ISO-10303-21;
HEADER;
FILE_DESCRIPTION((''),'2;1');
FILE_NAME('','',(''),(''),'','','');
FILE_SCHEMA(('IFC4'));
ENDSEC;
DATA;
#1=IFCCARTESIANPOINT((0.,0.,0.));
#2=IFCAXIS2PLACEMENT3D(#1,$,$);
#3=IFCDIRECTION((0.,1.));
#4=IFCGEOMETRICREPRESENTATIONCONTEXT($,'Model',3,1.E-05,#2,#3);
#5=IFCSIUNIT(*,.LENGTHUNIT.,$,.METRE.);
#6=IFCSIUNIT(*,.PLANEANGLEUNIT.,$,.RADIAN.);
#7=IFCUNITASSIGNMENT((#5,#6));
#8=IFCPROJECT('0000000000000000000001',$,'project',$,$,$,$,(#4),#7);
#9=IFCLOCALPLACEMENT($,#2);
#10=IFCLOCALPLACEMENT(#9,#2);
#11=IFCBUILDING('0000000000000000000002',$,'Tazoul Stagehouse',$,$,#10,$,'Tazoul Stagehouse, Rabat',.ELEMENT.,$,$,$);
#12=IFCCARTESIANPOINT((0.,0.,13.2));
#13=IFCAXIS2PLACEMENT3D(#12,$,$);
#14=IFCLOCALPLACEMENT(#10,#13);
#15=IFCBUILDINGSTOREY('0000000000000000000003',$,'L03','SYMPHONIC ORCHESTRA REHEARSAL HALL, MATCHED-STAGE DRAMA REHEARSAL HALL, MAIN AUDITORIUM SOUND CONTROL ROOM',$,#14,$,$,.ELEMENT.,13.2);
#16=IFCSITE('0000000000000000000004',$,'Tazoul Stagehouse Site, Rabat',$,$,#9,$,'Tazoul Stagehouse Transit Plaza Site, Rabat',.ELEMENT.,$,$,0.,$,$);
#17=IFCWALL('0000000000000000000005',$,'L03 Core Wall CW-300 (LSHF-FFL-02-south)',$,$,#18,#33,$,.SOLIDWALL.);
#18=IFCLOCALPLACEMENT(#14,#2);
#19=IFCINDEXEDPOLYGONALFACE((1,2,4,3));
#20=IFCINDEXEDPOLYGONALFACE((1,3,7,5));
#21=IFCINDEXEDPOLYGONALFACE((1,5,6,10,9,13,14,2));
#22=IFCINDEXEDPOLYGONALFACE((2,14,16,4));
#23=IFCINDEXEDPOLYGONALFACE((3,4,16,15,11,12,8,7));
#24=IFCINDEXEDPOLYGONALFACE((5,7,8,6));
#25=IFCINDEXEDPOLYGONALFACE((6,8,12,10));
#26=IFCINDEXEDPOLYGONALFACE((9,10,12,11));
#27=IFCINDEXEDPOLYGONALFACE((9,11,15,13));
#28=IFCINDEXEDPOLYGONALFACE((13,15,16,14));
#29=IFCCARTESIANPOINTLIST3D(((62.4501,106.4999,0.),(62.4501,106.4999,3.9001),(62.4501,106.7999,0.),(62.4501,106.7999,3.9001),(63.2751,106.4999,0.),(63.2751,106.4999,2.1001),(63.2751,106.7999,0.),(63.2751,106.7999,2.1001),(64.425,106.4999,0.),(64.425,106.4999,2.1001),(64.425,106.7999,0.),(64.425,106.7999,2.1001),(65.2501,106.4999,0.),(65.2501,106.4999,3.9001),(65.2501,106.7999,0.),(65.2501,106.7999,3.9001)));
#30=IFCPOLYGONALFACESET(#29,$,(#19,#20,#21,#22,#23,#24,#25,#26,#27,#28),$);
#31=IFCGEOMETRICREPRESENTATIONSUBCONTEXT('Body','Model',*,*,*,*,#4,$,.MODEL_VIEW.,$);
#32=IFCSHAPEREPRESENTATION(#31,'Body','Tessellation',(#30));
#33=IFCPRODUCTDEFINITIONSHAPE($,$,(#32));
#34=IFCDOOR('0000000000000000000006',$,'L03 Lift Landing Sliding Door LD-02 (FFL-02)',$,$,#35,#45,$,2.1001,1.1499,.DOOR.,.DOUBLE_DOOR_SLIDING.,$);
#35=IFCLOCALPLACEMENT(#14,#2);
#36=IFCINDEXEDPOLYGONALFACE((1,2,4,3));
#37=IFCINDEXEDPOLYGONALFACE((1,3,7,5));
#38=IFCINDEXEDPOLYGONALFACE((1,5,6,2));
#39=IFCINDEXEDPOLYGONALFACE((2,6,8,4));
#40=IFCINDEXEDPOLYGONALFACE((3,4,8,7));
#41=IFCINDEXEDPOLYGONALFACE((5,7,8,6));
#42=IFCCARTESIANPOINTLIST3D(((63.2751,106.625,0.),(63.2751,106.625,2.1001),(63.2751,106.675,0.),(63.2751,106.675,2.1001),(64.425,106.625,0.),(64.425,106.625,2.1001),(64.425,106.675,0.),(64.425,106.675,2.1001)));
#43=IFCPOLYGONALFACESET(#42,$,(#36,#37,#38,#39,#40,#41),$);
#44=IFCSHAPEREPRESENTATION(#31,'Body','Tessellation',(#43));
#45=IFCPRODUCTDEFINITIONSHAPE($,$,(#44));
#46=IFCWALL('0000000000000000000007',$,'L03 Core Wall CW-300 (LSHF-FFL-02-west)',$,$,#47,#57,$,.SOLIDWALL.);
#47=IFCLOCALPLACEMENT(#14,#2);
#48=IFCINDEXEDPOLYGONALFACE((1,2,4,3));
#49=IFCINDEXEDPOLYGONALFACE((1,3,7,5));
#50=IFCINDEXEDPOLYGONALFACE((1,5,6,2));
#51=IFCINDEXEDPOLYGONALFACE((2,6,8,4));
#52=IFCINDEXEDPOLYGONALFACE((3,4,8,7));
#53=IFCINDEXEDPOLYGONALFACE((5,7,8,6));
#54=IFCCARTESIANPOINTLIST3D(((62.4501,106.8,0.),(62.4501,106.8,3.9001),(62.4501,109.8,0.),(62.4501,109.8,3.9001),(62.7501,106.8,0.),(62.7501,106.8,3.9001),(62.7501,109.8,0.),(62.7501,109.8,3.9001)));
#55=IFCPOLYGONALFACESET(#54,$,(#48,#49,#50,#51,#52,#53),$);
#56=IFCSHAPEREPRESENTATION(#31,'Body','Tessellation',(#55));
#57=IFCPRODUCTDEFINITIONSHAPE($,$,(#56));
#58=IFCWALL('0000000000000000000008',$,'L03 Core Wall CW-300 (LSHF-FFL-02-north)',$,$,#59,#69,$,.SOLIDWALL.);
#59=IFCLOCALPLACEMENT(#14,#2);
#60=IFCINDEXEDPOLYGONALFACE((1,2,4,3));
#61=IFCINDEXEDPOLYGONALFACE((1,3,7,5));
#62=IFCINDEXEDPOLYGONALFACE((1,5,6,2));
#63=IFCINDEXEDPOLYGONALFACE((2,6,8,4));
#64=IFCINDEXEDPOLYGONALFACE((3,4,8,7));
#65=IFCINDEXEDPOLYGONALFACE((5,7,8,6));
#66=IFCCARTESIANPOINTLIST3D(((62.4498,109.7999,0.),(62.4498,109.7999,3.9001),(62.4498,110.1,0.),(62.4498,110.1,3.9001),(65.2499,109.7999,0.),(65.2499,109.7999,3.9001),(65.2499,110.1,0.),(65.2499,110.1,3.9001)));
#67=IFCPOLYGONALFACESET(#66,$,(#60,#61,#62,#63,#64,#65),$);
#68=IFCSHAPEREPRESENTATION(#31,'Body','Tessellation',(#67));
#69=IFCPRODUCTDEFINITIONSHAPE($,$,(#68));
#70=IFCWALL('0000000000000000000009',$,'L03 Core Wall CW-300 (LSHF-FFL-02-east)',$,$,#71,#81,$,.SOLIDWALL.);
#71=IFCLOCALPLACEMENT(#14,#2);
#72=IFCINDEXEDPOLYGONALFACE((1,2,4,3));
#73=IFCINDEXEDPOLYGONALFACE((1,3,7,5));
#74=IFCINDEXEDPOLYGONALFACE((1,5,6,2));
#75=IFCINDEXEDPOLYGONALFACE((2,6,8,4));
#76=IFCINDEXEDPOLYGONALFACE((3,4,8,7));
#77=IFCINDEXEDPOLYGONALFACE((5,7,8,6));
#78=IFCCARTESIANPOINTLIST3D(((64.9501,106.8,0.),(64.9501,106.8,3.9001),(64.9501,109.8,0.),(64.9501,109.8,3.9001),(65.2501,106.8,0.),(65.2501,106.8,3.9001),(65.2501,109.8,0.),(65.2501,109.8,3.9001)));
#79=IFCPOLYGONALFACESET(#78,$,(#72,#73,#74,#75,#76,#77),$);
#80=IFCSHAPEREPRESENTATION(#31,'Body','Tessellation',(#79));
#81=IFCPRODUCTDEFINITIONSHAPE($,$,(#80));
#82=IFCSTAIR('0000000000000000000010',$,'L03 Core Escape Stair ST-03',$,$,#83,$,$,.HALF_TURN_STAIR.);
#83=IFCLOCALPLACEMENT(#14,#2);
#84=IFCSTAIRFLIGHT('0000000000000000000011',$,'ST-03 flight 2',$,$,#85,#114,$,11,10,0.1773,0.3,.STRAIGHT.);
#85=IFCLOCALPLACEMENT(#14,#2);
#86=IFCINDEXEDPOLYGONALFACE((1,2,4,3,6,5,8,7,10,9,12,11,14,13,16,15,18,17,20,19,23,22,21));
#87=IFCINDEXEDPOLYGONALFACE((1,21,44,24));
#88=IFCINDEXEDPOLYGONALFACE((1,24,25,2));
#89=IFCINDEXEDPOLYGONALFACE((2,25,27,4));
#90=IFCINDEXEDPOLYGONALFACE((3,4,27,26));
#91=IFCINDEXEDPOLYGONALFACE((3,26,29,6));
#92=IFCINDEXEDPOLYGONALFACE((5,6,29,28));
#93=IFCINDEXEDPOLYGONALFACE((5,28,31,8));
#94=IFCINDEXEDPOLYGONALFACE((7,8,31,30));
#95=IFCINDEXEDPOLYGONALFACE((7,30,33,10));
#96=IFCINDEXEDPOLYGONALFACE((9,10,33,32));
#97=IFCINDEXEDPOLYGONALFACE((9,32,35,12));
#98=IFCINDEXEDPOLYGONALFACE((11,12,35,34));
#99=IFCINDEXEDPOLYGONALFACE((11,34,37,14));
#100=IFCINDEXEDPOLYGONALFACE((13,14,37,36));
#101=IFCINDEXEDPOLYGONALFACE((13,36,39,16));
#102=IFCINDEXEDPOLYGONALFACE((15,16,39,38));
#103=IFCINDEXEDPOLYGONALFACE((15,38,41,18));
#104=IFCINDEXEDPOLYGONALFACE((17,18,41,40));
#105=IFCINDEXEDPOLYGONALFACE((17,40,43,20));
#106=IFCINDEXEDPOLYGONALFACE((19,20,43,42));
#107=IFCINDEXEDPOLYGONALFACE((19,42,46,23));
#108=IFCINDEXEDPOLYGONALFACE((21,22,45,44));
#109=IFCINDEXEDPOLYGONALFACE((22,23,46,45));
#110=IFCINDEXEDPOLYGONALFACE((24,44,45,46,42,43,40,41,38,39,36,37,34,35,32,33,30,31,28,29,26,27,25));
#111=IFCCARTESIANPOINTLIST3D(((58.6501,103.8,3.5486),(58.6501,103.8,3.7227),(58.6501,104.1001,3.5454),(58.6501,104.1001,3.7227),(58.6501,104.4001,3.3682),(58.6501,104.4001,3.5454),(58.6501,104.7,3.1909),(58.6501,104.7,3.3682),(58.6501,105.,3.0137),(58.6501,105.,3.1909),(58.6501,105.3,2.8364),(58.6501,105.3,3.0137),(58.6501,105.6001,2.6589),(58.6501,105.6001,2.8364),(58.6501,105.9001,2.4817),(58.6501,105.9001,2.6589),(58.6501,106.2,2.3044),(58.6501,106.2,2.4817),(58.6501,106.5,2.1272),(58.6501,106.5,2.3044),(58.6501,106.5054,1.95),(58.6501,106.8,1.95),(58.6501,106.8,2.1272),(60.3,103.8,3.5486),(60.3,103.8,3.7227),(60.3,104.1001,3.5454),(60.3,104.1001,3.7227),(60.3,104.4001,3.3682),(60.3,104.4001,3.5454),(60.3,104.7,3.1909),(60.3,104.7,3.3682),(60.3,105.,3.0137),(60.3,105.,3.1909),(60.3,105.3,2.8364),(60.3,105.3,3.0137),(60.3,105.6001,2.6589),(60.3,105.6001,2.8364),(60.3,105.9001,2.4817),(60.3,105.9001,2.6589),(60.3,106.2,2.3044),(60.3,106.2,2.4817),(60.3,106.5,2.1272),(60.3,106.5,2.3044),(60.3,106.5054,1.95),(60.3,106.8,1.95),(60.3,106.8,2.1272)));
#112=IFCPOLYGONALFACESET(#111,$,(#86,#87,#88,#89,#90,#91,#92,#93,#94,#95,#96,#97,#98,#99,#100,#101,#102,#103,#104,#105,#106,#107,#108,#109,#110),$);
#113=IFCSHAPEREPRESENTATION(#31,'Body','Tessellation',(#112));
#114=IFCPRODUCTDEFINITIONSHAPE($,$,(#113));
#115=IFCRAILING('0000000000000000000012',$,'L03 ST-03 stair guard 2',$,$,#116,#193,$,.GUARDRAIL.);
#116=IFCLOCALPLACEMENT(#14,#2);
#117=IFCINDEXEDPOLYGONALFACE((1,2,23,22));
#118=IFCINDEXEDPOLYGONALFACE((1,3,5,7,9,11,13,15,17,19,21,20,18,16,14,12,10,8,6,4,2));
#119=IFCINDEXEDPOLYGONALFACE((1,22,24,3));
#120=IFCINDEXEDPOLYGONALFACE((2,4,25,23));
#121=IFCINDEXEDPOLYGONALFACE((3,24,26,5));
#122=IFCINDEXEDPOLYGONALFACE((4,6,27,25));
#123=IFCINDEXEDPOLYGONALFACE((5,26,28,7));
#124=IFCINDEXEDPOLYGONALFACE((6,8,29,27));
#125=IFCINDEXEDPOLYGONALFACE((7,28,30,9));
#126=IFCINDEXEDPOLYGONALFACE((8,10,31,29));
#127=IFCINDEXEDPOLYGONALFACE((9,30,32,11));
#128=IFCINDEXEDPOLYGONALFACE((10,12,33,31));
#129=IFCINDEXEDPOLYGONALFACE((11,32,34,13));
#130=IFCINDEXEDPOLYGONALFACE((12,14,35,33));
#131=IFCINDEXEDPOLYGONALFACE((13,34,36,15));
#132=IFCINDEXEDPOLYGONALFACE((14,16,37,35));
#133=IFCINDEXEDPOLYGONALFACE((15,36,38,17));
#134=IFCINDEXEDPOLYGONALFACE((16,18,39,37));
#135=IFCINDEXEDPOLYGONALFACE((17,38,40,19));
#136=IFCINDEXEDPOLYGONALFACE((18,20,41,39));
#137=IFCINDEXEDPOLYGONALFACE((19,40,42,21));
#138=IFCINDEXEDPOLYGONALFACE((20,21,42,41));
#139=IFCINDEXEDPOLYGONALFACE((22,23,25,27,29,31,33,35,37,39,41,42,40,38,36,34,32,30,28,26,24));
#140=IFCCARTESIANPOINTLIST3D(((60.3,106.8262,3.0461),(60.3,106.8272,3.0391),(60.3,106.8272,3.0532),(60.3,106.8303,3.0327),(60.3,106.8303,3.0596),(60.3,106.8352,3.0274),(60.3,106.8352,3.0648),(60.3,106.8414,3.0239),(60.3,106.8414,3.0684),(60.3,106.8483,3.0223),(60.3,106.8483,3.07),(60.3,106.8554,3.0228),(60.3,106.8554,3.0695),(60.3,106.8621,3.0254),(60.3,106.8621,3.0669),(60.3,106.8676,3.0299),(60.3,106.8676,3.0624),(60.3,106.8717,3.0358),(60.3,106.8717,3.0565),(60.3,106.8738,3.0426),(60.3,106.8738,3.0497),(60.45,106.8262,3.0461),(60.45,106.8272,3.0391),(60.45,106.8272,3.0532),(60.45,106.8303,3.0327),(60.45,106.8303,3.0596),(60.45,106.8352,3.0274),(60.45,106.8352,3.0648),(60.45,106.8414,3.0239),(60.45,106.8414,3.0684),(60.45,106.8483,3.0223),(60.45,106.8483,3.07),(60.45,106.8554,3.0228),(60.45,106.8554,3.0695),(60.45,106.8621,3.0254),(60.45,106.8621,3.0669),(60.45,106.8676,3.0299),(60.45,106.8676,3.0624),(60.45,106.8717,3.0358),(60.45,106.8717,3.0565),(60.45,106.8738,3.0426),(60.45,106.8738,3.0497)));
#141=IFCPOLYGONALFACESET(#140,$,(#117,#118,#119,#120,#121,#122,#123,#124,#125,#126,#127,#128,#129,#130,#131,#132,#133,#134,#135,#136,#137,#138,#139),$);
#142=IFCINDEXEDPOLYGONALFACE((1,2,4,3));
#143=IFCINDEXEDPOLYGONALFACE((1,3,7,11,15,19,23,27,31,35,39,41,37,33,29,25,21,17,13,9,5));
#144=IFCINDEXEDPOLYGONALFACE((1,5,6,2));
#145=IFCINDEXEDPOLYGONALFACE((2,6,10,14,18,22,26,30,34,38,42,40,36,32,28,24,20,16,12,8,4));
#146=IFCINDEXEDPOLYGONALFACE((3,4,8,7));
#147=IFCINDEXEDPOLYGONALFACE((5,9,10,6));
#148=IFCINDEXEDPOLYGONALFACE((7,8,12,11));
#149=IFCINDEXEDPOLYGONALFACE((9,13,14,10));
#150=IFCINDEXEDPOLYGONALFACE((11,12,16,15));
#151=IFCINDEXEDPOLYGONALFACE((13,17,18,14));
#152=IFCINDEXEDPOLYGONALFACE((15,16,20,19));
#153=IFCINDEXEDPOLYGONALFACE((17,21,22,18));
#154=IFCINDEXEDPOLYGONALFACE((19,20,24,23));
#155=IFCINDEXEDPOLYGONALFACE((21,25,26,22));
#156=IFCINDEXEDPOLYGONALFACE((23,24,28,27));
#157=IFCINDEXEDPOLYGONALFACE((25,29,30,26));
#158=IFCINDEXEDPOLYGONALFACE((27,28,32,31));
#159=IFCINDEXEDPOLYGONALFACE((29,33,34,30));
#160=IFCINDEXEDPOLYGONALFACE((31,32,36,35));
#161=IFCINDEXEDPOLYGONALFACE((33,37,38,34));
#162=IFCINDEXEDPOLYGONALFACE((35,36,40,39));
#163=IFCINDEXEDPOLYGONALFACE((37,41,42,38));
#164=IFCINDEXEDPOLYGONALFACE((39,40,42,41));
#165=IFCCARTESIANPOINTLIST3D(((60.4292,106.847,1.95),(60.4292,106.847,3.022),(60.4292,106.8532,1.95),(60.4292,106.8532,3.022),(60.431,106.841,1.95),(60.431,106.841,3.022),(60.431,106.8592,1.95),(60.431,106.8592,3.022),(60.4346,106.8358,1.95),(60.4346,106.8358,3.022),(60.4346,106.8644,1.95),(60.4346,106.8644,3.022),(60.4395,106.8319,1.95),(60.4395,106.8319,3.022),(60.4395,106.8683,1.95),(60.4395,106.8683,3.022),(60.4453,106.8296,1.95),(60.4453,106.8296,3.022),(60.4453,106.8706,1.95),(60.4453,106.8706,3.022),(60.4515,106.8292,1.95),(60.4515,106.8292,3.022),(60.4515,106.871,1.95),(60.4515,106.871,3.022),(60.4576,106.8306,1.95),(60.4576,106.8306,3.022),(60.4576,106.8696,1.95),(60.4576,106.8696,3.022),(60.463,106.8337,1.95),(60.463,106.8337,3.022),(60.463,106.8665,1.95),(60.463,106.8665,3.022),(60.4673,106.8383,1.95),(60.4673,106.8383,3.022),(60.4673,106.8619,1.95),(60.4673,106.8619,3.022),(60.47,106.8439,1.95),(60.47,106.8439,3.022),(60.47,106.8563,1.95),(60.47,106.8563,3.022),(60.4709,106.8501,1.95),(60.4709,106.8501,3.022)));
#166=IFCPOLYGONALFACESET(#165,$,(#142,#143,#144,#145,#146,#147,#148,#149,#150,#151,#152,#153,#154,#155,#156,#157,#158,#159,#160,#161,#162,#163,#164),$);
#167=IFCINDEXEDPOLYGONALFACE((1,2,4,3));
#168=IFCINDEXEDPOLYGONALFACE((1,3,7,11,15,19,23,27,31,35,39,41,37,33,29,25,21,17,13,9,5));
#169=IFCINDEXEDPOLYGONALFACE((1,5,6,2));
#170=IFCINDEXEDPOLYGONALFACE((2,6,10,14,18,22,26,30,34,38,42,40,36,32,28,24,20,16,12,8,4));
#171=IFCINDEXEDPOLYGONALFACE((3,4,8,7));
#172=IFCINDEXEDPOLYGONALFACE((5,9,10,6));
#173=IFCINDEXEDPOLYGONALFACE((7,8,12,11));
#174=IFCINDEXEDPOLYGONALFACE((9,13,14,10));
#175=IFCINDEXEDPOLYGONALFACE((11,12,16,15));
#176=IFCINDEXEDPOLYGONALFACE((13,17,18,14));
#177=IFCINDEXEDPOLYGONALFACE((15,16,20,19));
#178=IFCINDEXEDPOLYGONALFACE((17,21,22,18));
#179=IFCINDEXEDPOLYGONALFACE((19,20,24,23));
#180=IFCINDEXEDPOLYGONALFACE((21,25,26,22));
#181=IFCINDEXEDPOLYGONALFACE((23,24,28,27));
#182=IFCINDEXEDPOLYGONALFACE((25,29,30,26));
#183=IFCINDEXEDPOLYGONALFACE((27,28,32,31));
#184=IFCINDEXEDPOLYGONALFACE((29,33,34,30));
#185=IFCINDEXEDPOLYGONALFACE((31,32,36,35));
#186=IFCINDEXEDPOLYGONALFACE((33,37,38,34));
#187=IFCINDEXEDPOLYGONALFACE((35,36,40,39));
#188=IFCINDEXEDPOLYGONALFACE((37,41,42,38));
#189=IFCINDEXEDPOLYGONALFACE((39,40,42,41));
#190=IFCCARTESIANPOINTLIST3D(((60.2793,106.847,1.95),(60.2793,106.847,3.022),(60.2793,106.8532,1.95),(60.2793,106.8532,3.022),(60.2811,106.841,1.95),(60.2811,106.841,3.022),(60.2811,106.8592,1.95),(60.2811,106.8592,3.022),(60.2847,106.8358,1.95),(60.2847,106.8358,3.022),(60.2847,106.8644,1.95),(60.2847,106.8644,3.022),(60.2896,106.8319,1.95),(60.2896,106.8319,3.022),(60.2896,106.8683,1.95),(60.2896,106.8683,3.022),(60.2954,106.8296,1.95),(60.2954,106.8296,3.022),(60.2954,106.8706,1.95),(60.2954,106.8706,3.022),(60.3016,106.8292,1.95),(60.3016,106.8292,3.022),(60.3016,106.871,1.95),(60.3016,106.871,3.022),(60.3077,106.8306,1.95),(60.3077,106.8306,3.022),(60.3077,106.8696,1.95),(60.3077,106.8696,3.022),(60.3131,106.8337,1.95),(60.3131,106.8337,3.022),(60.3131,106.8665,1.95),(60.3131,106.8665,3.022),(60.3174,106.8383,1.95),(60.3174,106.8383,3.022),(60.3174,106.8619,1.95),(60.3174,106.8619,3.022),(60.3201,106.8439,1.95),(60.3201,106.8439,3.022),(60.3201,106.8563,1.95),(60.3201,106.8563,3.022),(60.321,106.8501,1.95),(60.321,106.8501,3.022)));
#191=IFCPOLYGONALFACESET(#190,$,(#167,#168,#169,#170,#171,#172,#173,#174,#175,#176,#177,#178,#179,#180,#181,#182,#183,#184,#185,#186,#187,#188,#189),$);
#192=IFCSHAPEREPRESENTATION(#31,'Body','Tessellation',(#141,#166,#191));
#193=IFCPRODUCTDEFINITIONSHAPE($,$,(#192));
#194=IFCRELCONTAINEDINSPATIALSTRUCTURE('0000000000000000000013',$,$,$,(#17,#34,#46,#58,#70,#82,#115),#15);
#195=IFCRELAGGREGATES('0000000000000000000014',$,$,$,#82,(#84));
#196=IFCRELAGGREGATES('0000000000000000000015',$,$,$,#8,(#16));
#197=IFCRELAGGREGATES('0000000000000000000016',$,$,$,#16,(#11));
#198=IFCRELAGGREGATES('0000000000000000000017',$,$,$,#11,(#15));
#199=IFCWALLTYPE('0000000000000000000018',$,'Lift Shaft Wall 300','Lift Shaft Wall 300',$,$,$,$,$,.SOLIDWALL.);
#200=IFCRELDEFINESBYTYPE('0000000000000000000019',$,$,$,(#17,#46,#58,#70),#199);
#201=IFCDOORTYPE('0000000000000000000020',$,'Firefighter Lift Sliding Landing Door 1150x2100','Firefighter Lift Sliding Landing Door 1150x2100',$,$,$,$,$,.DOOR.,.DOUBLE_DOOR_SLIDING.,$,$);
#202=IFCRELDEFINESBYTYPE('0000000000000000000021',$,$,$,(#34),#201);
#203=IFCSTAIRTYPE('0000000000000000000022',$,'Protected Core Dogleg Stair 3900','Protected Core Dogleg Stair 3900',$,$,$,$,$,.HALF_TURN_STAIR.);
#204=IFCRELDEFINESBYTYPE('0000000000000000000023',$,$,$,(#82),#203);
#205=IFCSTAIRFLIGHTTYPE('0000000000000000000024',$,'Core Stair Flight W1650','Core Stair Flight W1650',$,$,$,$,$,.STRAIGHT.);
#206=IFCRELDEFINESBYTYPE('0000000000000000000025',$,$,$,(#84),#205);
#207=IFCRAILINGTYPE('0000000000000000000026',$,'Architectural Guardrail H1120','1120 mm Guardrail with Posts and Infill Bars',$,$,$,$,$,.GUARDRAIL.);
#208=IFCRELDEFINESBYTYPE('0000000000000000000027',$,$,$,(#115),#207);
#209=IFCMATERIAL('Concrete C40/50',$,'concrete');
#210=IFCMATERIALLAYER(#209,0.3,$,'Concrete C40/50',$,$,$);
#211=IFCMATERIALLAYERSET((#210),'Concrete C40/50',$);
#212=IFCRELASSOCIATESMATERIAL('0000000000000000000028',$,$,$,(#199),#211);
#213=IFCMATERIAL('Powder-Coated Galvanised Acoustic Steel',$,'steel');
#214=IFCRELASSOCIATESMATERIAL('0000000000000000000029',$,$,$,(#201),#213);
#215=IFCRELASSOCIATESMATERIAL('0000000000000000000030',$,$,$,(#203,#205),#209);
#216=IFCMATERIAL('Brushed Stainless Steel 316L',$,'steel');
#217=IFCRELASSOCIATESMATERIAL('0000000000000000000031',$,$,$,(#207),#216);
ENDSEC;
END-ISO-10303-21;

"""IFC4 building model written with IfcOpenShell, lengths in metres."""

from ifc_helpers import new_model, si_unit, direction, frame, frame_2d, origin, origin_2d, place, context, subcontext, project, spatial, polyline, rectangle, circle, outline, extrude, material, layer, layer_set, material_profile, profile_set, type_object, element, fill, aggregate, save


model = new_model("IFC4")

# Units and contexts
model_context = context("Model", 3, precision=1e-05, world=origin(), true_north=direction((0.0, 1.0)))
body_context = subcontext(model_context, "Body", "Model", "MODEL_VIEW")
ifc_project = project(units=[si_unit("LENGTHUNIT", "METRE"), si_unit("PLANEANGLEUNIT", "RADIAN")], contexts=[model_context])

# Site, building, storey
site_placement = place(None, origin())
site = spatial("IfcSite", under=ifc_project, at=site_placement, Name="Tazoul Stagehouse Site, Rabat", LongName="Tazoul Stagehouse Transit Plaza Site, Rabat", CompositionType="ELEMENT", RefElevation=0.0)
building_placement = place(site_placement, origin())
building = spatial("IfcBuilding", under=site, at=building_placement, Name="Tazoul Stagehouse", LongName="Tazoul Stagehouse, Rabat", CompositionType="ELEMENT")
storey_placement = place(building_placement, frame((0.0, 0.0, 13.2)))
storey = spatial("IfcBuildingStorey", under=building, at=storey_placement, Name="L03", Description="SYMPHONIC ORCHESTRA REHEARSAL HALL, MATCHED-STAGE DRAMA REHEARSAL HALL, MAIN AUDITORIUM SOUND CONTROL ROOM", CompositionType="ELEMENT", Elevation=13.2)

# Shared definitions
ifc_material_1 = material(Name="Concrete C40/50", Category="concrete")

# Shared definitions
ifc_material_2 = material(Name="Powder-Coated Galvanised Acoustic Steel", Category="steel")

# Wall, opening, door
ifc_layer_1 = layer(ifc_material_1, 0.3, Name="Concrete C40/50")
ifc_layer_set_1 = layer_set([ifc_layer_1], Name="Concrete C40/50")
wall_type_1 = type_object("IfcWallType", Name="Lift Shaft Wall 300", Description="Lift Shaft Wall 300", PredefinedType="SOLIDWALL", material=ifc_layer_set_1)
wall_1_placement = place(storey_placement, frame((65.25, 106.6499, 0.0), z_axis=(0.0, 0.0, 1.0), x_axis=(-1.0, 0.0, 0.0)))
wall_1 = element("IfcWall", 1, at=wall_1_placement, inside=storey, type_object=wall_type_1, Name="L03 Core Wall CW-300 (LSHF-FFL-02-south)", PredefinedType="SOLIDWALL", context=body_context, shape_type="SweptSolid", body=[
    extrude(rectangle(XDim=2.8, YDim=0.3, at=frame_2d((1.3999, 0.0))), origin(), (0.0, 0.0, 1.0), 3.9001),
])
opening_1_placement = place(wall_1_placement, frame((0.825, 0.0, 0.0)))
opening_1 = element("IfcOpeningElement", 2, at=opening_1_placement, cuts=wall_1, PredefinedType="OPENING", context=body_context, shape_type="SweptSolid", body=[
    extrude(rectangle(XDim=1.1499, YDim=2.1001, at=frame_2d((0.575, 1.05))), frame((0.0, 0.1699, 0.0), z_axis=(0.0, -1.0, 0.0), x_axis=(1.0, 0.0, 0.0)), (0.0, 0.0, 1.0), 0.3401),
])
door_type_1 = type_object("IfcDoorType", Name="Firefighter Lift Sliding Landing Door 1150x2100", Description="Firefighter Lift Sliding Landing Door 1150x2100", OperationType="DOUBLE_DOOR_SLIDING", PredefinedType="DOOR", material=ifc_material_2)
door_1_placement = place(opening_1_placement, origin())
door_1 = element("IfcDoor", 3, at=door_1_placement, inside=storey, type_object=door_type_1, Name="L03 Lift Landing Sliding Door LD-02 (FFL-02)", OperationType="DOUBLE_DOOR_SLIDING", OverallHeight=2.1001, OverallWidth=1.1499, PredefinedType="DOOR", context=body_context, shape_type="SweptSolid", body=[
    extrude(rectangle(XDim=1.1499, YDim=2.1001, at=frame_2d((0.575, 1.05))), frame((0.0, 0.0249, 0.0), z_axis=(0.0, -1.0, 0.0), x_axis=(1.0, 0.0, 0.0)), (0.0, 0.0, 1.0), 0.05),
])
fill(opening_1, door_1)

# Walls
wall_2_placement = place(storey_placement, frame((62.6001, 106.8, 0.0), z_axis=(0.0, 0.0, 1.0), x_axis=(0.0, 1.0, 0.0)))
element("IfcWall", 4, at=wall_2_placement, inside=storey, type_object=wall_type_1, Name="L03 Core Wall CW-300 (LSHF-FFL-02-west)", PredefinedType="SOLIDWALL", context=body_context, shape_type="SweptSolid", body=[
    extrude(rectangle(XDim=3.0, YDim=0.3, at=frame_2d((1.5, 0.0))), origin(), (0.0, 0.0, 1.0), 3.9001),
])
wall_3_placement = place(storey_placement, frame((62.45, 109.95, 0.0), z_axis=(0.0, 0.0, 1.0), x_axis=(1.0, 0.0, 0.0)))
element("IfcWall", 5, at=wall_3_placement, inside=storey, type_object=wall_type_1, Name="L03 Core Wall CW-300 (LSHF-FFL-02-north)", PredefinedType="SOLIDWALL", context=body_context, shape_type="SweptSolid", body=[
    extrude(rectangle(XDim=2.8, YDim=0.3, at=frame_2d((1.3999, 0.0))), origin(), (0.0, 0.0, 1.0), 3.9001),
])
wall_4_placement = place(storey_placement, frame((65.1001, 109.8, 0.0), z_axis=(0.0, 0.0, 1.0), x_axis=(0.0, -1.0, 0.0)))
element("IfcWall", 6, at=wall_4_placement, inside=storey, type_object=wall_type_1, Name="L03 Core Wall CW-300 (LSHF-FFL-02-east)", PredefinedType="SOLIDWALL", context=body_context, shape_type="SweptSolid", body=[
    extrude(rectangle(XDim=3.0, YDim=0.3, at=frame_2d((1.5, 0.0))), origin(), (0.0, 0.0, 1.0), 3.9001),
])

# Stair, stair flight
stair_type = type_object("IfcStairType", Name="Protected Core Dogleg Stair 3900", Description="Protected Core Dogleg Stair 3900", PredefinedType="HALF_TURN_STAIR", material=ifc_material_1)
stair_placement = place(storey_placement, origin())
stair = element("IfcStair", 7, at=stair_placement, inside=storey, type_object=stair_type, Name="L03 Core Escape Stair ST-03", PredefinedType="HALF_TURN_STAIR")
stair_flight_type = type_object("IfcStairFlightType", Name="Core Stair Flight W1650", Description="Core Stair Flight W1650", PredefinedType="STRAIGHT", material=ifc_material_1)
stair_flight_placement = place(storey_placement, frame((59.4751, 106.8, 1.95), z_axis=(0.0, 0.0, 1.0), x_axis=(0.0, -1.0, 0.0)))
stair_flight = element("IfcStairFlight", 8, at=stair_flight_placement, type_object=stair_flight_type, Name="ST-03 flight 2", NumberOfRisers=11, NumberOfTreads=10, PredefinedType="STRAIGHT", RiserHeight=0.1773, TreadLength=0.3, context=body_context, shape_type="SweptSolid", body=[
    extrude(outline(polyline([(0.0, 0.0), (0.0, 0.1772), (0.3, 0.1772), (0.3, 0.3545), (0.6001, 0.3545), (0.6001, 0.5317), (0.8999, 0.5317), (0.8999, 0.709), (1.2, 0.709), (1.2, 0.8865), (1.5, 0.8865), (1.5, 1.0637), (1.8, 1.0637), (1.8, 1.241), (2.1001, 1.241), (2.1001, 1.4182), (2.3999, 1.4182), (2.3999, 1.5955), (2.7, 1.5955), (2.7, 1.7727), (3.0, 1.7727), (3.0, 1.95), (3.0, 1.5986), (0.2947, 0.0), (0.0, 0.0)])), frame((0.0, 0.825, 0.0), z_axis=(0.0, -1.0, 0.0), x_axis=(1.0, 0.0, 0.0)), (0.0, 0.0, 1.0), 1.6499),
])
aggregate(stair, [stair_flight])

# Railing
ifc_material_3 = material(Name="Brushed Stainless Steel 316L", Category="steel")
ifc_material_profile_1 = material_profile(ifc_material_3, circle(Radius=0.0239, at=origin_2d()), Name="SS RAIL D48")
ifc_profile_set_1 = profile_set([ifc_material_profile_1], Name="Brushed Stainless Steel 316L")
railing_type_1 = type_object("IfcRailingType", Name="Architectural Guardrail H1120", Description="1120 mm Guardrail with Posts and Infill Bars", PredefinedType="GUARDRAIL", material=ifc_profile_set_1)
railing_1_placement = place(storey_placement, frame((60.45, 106.8501, 1.95)))
element("IfcRailing", 9, at=railing_1_placement, inside=storey, type_object=railing_type_1, Name="L03 ST-03 stair guard 2", PredefinedType="GUARDRAIL", context=body_context, shape_type="SweptSolid", body=[
    extrude(circle(Radius=0.0239, at=origin_2d()), frame((0.0, 0.0, 1.0962), z_axis=(-1.0, 0.0, 0.0), x_axis=(0.0, -1.0, 0.0)), (0.0, 0.0, 1.0), 0.1499),
    extrude(circle(Radius=0.021, at=origin_2d()), origin(), (0.0, 0.0, 1.0), 1.072),
    extrude(circle(Radius=0.021, at=origin_2d()), frame((-0.1499, 0.0, 0.0)), (0.0, 0.0, 1.0), 1.072),
])

save(model, "model.ifc")
